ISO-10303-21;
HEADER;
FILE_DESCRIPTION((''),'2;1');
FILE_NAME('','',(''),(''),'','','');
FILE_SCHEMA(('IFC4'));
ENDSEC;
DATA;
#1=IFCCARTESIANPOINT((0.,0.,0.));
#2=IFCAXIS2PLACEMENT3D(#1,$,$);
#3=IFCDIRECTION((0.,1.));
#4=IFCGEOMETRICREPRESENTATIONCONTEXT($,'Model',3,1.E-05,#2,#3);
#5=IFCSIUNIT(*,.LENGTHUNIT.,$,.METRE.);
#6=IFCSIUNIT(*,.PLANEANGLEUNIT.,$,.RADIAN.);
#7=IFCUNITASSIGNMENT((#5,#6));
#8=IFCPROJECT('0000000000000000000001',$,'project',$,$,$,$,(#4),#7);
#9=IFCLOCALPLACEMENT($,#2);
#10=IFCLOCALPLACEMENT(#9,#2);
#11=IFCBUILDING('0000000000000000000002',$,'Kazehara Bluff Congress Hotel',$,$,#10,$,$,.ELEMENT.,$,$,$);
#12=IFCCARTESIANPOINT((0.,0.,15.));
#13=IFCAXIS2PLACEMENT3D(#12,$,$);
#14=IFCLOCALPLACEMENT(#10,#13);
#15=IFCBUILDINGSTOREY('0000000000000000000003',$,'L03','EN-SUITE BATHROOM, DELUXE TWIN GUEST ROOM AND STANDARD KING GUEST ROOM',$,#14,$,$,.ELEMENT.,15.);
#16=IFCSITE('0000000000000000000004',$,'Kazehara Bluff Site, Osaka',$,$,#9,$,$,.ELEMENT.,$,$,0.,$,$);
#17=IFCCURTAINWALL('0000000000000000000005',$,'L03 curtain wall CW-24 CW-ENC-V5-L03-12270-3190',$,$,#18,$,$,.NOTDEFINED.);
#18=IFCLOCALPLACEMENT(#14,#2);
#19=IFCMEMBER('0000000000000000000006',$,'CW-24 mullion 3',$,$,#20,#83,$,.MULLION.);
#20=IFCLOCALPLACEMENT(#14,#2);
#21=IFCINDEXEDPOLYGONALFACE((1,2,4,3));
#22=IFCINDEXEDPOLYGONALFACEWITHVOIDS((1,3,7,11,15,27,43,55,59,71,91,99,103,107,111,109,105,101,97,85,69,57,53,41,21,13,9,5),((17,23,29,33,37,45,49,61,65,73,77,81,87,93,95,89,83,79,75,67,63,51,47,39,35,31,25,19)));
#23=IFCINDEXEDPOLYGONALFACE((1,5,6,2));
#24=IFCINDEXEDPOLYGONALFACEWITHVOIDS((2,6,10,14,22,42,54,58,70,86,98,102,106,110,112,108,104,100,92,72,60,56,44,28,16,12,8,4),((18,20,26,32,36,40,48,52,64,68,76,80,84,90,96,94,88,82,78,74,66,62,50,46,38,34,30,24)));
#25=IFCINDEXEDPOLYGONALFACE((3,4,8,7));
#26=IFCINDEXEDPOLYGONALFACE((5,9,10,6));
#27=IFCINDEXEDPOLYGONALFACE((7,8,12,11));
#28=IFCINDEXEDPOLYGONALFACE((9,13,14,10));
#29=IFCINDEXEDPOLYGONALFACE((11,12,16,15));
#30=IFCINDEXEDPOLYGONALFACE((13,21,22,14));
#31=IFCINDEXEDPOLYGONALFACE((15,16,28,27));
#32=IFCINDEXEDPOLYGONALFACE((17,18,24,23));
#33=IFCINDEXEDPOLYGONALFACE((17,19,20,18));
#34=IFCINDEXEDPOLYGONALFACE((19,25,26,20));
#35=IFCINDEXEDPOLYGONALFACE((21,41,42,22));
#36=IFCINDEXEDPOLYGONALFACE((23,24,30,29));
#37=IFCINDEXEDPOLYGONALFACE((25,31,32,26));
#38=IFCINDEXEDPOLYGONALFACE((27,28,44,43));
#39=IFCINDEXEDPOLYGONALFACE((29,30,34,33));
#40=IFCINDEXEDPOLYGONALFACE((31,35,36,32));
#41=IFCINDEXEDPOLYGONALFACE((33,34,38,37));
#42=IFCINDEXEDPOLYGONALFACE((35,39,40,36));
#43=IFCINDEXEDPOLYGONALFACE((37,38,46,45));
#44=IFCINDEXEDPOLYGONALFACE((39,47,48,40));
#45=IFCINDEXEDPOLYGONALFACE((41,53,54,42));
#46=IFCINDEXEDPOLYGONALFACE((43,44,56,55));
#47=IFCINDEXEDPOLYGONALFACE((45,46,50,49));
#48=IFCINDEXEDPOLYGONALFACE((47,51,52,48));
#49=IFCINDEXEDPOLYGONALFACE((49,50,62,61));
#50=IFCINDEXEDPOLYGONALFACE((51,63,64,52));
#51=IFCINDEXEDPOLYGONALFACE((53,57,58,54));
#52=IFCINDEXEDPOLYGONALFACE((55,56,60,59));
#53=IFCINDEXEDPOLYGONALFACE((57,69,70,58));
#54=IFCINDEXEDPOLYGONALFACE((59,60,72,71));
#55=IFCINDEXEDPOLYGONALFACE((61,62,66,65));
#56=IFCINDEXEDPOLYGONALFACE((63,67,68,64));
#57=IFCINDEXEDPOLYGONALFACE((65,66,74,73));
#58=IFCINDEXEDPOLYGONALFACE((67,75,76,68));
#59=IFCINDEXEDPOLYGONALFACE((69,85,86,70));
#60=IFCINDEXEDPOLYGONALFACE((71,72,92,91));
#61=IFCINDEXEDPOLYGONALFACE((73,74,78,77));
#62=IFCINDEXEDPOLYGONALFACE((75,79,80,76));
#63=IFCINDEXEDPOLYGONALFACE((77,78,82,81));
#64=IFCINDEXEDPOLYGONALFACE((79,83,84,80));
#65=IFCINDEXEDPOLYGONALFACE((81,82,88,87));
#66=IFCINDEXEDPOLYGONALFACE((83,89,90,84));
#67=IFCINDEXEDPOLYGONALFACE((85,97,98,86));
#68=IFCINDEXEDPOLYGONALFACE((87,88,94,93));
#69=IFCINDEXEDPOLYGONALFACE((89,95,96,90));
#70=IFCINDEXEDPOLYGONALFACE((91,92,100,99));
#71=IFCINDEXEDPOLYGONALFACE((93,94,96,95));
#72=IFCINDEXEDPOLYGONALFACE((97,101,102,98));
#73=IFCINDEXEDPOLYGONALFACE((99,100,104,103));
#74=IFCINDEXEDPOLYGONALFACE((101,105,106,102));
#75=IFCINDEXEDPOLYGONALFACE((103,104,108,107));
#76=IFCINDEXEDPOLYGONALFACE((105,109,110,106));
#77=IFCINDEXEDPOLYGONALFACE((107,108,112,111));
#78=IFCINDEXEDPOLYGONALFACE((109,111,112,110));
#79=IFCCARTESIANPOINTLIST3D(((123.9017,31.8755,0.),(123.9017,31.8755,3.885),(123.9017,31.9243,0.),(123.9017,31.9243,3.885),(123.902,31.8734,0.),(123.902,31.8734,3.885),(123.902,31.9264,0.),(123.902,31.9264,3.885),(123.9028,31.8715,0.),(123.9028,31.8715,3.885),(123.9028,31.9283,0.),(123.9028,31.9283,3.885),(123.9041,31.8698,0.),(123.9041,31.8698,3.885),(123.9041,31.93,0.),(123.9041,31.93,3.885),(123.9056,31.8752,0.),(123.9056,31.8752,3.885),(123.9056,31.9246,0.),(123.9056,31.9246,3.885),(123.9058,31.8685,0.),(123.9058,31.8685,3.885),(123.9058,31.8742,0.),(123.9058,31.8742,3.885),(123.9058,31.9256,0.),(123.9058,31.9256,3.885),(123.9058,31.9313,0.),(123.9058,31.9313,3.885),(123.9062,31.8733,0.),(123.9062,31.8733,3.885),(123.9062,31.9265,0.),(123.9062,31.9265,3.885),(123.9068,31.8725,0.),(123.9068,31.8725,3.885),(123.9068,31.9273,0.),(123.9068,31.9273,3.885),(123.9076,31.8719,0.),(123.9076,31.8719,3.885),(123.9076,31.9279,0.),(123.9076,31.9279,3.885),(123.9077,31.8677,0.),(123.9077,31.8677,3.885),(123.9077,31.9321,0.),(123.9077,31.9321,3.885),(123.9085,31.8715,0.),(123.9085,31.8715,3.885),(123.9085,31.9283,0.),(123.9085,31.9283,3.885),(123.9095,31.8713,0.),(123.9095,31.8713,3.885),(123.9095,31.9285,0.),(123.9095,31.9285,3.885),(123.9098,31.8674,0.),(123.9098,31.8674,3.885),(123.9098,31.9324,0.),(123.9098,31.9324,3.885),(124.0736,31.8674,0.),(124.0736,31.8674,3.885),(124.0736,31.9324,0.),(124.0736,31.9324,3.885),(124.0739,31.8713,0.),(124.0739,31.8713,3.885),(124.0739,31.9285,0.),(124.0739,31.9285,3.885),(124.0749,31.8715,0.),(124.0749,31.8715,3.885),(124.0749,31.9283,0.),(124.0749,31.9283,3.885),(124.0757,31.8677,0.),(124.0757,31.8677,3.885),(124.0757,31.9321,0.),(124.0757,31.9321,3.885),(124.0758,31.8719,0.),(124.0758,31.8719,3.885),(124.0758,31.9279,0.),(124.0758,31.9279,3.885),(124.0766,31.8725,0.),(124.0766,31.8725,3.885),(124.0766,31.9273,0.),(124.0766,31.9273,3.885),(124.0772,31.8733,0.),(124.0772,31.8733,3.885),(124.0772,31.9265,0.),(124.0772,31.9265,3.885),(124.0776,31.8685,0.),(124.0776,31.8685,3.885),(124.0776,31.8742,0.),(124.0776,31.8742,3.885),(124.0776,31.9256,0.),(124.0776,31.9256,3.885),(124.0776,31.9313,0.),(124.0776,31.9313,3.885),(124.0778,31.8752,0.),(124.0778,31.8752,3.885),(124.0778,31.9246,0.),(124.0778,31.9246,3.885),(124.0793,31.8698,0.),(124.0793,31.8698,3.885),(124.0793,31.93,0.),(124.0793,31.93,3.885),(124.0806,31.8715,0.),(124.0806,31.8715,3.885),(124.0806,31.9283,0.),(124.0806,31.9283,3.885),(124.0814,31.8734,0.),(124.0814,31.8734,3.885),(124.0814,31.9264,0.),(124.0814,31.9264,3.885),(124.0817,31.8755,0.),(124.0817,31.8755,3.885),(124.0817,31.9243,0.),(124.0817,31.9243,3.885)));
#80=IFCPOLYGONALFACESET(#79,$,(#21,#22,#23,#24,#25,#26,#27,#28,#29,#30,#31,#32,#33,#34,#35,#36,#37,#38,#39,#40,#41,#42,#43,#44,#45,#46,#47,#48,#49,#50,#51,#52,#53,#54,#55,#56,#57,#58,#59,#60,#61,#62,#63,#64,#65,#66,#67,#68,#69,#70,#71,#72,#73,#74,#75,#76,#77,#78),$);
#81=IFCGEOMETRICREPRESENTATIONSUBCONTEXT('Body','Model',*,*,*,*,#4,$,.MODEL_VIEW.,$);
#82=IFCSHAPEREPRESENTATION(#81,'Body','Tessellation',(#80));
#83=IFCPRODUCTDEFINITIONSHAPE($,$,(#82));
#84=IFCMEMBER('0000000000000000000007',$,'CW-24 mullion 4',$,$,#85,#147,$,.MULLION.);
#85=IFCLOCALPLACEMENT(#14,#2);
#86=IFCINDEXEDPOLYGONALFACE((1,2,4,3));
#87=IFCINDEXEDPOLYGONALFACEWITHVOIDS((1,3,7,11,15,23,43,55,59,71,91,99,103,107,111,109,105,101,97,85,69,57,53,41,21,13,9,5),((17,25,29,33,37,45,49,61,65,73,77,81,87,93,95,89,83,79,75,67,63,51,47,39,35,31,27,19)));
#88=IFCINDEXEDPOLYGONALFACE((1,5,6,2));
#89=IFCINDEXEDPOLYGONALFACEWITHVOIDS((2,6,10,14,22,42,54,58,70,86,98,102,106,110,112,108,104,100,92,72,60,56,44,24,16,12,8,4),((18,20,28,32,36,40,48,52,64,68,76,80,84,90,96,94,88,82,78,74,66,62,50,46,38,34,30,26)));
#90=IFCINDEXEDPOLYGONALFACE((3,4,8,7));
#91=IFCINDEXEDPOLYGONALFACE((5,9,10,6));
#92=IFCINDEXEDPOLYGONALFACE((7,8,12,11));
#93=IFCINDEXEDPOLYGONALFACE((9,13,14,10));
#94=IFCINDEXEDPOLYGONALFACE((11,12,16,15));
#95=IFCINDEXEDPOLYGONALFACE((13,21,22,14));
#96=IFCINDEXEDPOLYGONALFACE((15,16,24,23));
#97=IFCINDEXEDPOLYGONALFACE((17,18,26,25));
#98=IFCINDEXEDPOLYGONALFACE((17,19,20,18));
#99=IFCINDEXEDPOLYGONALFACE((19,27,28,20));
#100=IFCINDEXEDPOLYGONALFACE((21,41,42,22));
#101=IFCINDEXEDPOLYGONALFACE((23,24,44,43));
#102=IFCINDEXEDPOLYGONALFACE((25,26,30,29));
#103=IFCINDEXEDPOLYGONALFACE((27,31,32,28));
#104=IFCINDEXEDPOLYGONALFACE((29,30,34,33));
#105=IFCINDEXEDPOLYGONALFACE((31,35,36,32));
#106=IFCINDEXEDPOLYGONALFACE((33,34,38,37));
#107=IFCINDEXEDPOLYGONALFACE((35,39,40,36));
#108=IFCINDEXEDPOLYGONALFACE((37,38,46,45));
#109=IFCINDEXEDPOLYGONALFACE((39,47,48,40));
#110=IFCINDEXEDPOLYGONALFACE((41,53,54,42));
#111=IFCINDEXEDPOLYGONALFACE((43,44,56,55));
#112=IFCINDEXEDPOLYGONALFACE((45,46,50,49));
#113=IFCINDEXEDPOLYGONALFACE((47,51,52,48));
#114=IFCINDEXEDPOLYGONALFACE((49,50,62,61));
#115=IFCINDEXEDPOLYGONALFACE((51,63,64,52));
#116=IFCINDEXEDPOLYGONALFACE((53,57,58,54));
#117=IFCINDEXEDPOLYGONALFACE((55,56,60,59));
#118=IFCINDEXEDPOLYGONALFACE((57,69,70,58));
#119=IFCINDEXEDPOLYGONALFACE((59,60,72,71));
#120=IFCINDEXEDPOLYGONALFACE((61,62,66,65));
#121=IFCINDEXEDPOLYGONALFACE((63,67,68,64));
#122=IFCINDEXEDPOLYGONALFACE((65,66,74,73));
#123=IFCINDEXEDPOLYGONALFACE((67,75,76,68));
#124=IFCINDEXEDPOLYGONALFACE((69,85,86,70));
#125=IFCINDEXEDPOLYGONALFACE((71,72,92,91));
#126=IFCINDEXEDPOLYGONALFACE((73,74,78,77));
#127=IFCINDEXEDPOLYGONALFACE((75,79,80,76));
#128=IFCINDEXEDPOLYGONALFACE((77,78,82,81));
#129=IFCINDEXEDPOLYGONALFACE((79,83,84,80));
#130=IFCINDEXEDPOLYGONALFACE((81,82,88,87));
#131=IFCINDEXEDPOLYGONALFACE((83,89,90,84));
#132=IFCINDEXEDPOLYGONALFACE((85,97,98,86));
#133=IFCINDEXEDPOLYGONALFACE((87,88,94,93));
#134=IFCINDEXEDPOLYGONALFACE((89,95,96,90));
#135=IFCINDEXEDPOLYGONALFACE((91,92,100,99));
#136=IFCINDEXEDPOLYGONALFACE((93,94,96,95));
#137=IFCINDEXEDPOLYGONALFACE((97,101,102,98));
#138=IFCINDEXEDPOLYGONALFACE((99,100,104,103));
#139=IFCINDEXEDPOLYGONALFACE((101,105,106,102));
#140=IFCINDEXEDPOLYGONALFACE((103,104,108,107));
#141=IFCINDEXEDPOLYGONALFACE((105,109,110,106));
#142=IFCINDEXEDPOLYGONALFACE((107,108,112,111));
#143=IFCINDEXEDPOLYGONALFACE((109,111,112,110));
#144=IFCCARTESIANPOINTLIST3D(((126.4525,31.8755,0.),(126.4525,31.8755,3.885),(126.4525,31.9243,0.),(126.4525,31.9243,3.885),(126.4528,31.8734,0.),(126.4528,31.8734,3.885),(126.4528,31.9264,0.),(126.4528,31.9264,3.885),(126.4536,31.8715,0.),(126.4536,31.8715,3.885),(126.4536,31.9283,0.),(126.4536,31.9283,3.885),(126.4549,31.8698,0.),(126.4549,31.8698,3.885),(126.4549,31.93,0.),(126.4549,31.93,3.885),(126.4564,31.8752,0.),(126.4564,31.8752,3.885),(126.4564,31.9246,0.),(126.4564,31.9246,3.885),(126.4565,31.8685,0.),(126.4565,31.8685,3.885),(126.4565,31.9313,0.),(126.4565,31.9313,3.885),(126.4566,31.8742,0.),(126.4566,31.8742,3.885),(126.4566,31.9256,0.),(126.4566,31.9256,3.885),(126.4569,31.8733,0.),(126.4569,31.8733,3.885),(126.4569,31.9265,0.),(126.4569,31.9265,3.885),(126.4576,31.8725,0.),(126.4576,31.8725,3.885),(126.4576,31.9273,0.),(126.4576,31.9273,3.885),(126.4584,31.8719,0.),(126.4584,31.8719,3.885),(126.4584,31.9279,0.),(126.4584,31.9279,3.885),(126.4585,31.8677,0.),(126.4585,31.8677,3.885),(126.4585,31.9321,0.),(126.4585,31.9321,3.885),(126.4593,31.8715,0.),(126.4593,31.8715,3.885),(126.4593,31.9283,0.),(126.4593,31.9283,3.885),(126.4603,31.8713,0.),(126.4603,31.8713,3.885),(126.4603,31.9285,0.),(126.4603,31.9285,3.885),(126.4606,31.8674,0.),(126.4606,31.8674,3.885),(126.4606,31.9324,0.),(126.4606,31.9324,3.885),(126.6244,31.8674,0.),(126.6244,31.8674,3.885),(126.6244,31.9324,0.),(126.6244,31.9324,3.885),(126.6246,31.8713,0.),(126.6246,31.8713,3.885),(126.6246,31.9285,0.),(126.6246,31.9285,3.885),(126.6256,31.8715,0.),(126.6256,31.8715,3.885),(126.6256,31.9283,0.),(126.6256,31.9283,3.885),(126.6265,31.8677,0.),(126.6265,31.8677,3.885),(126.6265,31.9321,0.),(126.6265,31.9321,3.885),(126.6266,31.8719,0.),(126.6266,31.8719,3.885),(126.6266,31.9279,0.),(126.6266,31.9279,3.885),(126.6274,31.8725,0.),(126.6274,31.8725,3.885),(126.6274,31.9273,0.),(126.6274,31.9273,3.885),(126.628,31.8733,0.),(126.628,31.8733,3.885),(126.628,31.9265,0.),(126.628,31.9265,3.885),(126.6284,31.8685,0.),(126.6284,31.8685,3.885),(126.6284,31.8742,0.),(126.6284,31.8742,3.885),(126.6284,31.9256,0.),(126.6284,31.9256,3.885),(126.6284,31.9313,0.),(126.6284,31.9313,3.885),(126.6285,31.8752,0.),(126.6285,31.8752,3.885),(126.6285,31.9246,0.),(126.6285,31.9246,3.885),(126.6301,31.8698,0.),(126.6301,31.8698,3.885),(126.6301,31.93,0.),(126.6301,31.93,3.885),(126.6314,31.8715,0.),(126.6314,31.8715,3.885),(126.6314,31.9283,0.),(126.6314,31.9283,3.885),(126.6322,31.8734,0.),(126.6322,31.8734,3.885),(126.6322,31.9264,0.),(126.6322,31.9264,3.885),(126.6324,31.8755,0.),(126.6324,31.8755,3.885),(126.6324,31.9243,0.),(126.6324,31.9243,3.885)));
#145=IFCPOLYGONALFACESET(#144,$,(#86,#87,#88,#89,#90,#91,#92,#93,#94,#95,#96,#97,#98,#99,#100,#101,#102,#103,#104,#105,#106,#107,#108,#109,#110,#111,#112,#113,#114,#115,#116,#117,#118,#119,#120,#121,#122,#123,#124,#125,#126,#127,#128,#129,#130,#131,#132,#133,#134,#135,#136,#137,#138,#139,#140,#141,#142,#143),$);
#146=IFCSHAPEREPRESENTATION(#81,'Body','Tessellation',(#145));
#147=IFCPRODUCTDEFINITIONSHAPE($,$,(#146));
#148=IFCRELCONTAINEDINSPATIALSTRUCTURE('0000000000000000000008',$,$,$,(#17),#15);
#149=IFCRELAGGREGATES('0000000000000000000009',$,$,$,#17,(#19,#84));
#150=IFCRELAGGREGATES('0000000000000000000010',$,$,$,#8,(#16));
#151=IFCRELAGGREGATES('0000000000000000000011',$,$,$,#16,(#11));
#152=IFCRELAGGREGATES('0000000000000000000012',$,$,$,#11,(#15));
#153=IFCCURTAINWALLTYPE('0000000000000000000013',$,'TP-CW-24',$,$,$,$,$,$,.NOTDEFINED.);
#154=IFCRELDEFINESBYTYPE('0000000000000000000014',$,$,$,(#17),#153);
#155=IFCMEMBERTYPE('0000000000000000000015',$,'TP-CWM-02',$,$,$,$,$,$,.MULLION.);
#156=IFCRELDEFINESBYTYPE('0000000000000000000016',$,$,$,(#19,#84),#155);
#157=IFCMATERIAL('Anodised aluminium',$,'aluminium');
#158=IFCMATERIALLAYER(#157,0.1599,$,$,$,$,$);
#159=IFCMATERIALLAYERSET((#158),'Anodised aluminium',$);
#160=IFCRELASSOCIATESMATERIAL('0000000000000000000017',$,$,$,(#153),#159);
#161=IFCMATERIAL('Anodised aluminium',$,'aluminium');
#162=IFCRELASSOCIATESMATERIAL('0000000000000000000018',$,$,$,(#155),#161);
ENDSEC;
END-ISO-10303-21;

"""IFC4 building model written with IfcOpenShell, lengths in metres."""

from ifc_helpers import new_model, si_unit, direction, frame, origin, origin_2d, place, context, subcontext, project, spatial, hollow_rectangle, extrude, material, layer, layer_set, material_profile, profile_set, type_object, element, aggregate, save


model = new_model("IFC4")

# Units and contexts
model_context = context("Model", 3, precision=1e-05, world=origin(), true_north=direction((0.0, 1.0)))
body_context = subcontext(model_context, "Body", "Model", "MODEL_VIEW")
ifc_project = project(units=[si_unit("LENGTHUNIT", "METRE"), si_unit("PLANEANGLEUNIT", "RADIAN")], contexts=[model_context])

# Site, building, storey
site_placement = place(None, origin())
site = spatial("IfcSite", under=ifc_project, at=site_placement, Name="Kazehara Bluff Site, Osaka", CompositionType="ELEMENT", RefElevation=0.0)
building_placement = place(site_placement, origin())
building = spatial("IfcBuilding", under=site, at=building_placement, Name="Kazehara Bluff Congress Hotel", CompositionType="ELEMENT")
storey_placement = place(building_placement, frame((0.0, 0.0, 15.0)))
storey = spatial("IfcBuildingStorey", under=building, at=storey_placement, Name="L03", Description="EN-SUITE BATHROOM, DELUXE TWIN GUEST ROOM AND STANDARD KING GUEST ROOM", CompositionType="ELEMENT", Elevation=15.0)

# Curtain wall, members
ifc_material_1 = material(Name="Anodised aluminium", Category="aluminium")
ifc_layer_1 = layer(ifc_material_1, 0.1599)
ifc_layer_set_1 = layer_set([ifc_layer_1], Name="Anodised aluminium")
curtain_wall_type = type_object("IfcCurtainWallType", Name="TP-CW-24", PredefinedType="NOTDEFINED", material=ifc_layer_set_1)
curtain_wall_1_placement = place(storey_placement, origin())
curtain_wall_1 = element("IfcCurtainWall", 1, at=curtain_wall_1_placement, inside=storey, type_object=curtain_wall_type, Name="L03 curtain wall CW-24 CW-ENC-V5-L03-12270-3190", PredefinedType="NOTDEFINED")
ifc_material_2 = material(Name="Anodised aluminium", Category="aluminium")
ifc_material_profile_1 = material_profile(ifc_material_2, hollow_rectangle(XDim=0.0649, YDim=0.1799, WallThickness=0.0039, InnerFilletRadius=0.0039, OuterFilletRadius=0.0081, at=origin_2d()))
ifc_profile_set_1 = profile_set([ifc_material_profile_1], Name="Anodised aluminium")
member_type_1 = type_object("IfcMemberType", Name="TP-CWM-02", PredefinedType="MULLION", material=ifc_profile_set_1)
member_1_placement = place(storey_placement, frame((123.9917, 31.8999, 0.0), z_axis=(0.0, 0.0, 1.0), x_axis=(0.0, 1.0, 0.0)))
member_1 = element("IfcMember", 2, at=member_1_placement, type_object=member_type_1, Name="CW-24 mullion 3", PredefinedType="MULLION", context=body_context, shape_type="SweptSolid", body=[
    extrude(hollow_rectangle(XDim=0.0649, YDim=0.1799, WallThickness=0.0039, InnerFilletRadius=0.0039, OuterFilletRadius=0.0081, at=origin_2d()), origin(), (0.0, 0.0, 1.0), 3.885),
])
member_2_placement = place(storey_placement, frame((126.5425, 31.8999, 0.0), z_axis=(0.0, 0.0, 1.0), x_axis=(0.0, 1.0, 0.0)))
member_2 = element("IfcMember", 3, at=member_2_placement, type_object=member_type_1, Name="CW-24 mullion 4", PredefinedType="MULLION", context=body_context, shape_type="SweptSolid", body=[
    extrude(hollow_rectangle(XDim=0.0649, YDim=0.1799, WallThickness=0.0039, InnerFilletRadius=0.0039, OuterFilletRadius=0.0081, at=origin_2d()), origin(), (0.0, 0.0, 1.0), 3.885),
])

aggregate(curtain_wall_1, [member_1, member_2])

save(model, "model.ifc")
